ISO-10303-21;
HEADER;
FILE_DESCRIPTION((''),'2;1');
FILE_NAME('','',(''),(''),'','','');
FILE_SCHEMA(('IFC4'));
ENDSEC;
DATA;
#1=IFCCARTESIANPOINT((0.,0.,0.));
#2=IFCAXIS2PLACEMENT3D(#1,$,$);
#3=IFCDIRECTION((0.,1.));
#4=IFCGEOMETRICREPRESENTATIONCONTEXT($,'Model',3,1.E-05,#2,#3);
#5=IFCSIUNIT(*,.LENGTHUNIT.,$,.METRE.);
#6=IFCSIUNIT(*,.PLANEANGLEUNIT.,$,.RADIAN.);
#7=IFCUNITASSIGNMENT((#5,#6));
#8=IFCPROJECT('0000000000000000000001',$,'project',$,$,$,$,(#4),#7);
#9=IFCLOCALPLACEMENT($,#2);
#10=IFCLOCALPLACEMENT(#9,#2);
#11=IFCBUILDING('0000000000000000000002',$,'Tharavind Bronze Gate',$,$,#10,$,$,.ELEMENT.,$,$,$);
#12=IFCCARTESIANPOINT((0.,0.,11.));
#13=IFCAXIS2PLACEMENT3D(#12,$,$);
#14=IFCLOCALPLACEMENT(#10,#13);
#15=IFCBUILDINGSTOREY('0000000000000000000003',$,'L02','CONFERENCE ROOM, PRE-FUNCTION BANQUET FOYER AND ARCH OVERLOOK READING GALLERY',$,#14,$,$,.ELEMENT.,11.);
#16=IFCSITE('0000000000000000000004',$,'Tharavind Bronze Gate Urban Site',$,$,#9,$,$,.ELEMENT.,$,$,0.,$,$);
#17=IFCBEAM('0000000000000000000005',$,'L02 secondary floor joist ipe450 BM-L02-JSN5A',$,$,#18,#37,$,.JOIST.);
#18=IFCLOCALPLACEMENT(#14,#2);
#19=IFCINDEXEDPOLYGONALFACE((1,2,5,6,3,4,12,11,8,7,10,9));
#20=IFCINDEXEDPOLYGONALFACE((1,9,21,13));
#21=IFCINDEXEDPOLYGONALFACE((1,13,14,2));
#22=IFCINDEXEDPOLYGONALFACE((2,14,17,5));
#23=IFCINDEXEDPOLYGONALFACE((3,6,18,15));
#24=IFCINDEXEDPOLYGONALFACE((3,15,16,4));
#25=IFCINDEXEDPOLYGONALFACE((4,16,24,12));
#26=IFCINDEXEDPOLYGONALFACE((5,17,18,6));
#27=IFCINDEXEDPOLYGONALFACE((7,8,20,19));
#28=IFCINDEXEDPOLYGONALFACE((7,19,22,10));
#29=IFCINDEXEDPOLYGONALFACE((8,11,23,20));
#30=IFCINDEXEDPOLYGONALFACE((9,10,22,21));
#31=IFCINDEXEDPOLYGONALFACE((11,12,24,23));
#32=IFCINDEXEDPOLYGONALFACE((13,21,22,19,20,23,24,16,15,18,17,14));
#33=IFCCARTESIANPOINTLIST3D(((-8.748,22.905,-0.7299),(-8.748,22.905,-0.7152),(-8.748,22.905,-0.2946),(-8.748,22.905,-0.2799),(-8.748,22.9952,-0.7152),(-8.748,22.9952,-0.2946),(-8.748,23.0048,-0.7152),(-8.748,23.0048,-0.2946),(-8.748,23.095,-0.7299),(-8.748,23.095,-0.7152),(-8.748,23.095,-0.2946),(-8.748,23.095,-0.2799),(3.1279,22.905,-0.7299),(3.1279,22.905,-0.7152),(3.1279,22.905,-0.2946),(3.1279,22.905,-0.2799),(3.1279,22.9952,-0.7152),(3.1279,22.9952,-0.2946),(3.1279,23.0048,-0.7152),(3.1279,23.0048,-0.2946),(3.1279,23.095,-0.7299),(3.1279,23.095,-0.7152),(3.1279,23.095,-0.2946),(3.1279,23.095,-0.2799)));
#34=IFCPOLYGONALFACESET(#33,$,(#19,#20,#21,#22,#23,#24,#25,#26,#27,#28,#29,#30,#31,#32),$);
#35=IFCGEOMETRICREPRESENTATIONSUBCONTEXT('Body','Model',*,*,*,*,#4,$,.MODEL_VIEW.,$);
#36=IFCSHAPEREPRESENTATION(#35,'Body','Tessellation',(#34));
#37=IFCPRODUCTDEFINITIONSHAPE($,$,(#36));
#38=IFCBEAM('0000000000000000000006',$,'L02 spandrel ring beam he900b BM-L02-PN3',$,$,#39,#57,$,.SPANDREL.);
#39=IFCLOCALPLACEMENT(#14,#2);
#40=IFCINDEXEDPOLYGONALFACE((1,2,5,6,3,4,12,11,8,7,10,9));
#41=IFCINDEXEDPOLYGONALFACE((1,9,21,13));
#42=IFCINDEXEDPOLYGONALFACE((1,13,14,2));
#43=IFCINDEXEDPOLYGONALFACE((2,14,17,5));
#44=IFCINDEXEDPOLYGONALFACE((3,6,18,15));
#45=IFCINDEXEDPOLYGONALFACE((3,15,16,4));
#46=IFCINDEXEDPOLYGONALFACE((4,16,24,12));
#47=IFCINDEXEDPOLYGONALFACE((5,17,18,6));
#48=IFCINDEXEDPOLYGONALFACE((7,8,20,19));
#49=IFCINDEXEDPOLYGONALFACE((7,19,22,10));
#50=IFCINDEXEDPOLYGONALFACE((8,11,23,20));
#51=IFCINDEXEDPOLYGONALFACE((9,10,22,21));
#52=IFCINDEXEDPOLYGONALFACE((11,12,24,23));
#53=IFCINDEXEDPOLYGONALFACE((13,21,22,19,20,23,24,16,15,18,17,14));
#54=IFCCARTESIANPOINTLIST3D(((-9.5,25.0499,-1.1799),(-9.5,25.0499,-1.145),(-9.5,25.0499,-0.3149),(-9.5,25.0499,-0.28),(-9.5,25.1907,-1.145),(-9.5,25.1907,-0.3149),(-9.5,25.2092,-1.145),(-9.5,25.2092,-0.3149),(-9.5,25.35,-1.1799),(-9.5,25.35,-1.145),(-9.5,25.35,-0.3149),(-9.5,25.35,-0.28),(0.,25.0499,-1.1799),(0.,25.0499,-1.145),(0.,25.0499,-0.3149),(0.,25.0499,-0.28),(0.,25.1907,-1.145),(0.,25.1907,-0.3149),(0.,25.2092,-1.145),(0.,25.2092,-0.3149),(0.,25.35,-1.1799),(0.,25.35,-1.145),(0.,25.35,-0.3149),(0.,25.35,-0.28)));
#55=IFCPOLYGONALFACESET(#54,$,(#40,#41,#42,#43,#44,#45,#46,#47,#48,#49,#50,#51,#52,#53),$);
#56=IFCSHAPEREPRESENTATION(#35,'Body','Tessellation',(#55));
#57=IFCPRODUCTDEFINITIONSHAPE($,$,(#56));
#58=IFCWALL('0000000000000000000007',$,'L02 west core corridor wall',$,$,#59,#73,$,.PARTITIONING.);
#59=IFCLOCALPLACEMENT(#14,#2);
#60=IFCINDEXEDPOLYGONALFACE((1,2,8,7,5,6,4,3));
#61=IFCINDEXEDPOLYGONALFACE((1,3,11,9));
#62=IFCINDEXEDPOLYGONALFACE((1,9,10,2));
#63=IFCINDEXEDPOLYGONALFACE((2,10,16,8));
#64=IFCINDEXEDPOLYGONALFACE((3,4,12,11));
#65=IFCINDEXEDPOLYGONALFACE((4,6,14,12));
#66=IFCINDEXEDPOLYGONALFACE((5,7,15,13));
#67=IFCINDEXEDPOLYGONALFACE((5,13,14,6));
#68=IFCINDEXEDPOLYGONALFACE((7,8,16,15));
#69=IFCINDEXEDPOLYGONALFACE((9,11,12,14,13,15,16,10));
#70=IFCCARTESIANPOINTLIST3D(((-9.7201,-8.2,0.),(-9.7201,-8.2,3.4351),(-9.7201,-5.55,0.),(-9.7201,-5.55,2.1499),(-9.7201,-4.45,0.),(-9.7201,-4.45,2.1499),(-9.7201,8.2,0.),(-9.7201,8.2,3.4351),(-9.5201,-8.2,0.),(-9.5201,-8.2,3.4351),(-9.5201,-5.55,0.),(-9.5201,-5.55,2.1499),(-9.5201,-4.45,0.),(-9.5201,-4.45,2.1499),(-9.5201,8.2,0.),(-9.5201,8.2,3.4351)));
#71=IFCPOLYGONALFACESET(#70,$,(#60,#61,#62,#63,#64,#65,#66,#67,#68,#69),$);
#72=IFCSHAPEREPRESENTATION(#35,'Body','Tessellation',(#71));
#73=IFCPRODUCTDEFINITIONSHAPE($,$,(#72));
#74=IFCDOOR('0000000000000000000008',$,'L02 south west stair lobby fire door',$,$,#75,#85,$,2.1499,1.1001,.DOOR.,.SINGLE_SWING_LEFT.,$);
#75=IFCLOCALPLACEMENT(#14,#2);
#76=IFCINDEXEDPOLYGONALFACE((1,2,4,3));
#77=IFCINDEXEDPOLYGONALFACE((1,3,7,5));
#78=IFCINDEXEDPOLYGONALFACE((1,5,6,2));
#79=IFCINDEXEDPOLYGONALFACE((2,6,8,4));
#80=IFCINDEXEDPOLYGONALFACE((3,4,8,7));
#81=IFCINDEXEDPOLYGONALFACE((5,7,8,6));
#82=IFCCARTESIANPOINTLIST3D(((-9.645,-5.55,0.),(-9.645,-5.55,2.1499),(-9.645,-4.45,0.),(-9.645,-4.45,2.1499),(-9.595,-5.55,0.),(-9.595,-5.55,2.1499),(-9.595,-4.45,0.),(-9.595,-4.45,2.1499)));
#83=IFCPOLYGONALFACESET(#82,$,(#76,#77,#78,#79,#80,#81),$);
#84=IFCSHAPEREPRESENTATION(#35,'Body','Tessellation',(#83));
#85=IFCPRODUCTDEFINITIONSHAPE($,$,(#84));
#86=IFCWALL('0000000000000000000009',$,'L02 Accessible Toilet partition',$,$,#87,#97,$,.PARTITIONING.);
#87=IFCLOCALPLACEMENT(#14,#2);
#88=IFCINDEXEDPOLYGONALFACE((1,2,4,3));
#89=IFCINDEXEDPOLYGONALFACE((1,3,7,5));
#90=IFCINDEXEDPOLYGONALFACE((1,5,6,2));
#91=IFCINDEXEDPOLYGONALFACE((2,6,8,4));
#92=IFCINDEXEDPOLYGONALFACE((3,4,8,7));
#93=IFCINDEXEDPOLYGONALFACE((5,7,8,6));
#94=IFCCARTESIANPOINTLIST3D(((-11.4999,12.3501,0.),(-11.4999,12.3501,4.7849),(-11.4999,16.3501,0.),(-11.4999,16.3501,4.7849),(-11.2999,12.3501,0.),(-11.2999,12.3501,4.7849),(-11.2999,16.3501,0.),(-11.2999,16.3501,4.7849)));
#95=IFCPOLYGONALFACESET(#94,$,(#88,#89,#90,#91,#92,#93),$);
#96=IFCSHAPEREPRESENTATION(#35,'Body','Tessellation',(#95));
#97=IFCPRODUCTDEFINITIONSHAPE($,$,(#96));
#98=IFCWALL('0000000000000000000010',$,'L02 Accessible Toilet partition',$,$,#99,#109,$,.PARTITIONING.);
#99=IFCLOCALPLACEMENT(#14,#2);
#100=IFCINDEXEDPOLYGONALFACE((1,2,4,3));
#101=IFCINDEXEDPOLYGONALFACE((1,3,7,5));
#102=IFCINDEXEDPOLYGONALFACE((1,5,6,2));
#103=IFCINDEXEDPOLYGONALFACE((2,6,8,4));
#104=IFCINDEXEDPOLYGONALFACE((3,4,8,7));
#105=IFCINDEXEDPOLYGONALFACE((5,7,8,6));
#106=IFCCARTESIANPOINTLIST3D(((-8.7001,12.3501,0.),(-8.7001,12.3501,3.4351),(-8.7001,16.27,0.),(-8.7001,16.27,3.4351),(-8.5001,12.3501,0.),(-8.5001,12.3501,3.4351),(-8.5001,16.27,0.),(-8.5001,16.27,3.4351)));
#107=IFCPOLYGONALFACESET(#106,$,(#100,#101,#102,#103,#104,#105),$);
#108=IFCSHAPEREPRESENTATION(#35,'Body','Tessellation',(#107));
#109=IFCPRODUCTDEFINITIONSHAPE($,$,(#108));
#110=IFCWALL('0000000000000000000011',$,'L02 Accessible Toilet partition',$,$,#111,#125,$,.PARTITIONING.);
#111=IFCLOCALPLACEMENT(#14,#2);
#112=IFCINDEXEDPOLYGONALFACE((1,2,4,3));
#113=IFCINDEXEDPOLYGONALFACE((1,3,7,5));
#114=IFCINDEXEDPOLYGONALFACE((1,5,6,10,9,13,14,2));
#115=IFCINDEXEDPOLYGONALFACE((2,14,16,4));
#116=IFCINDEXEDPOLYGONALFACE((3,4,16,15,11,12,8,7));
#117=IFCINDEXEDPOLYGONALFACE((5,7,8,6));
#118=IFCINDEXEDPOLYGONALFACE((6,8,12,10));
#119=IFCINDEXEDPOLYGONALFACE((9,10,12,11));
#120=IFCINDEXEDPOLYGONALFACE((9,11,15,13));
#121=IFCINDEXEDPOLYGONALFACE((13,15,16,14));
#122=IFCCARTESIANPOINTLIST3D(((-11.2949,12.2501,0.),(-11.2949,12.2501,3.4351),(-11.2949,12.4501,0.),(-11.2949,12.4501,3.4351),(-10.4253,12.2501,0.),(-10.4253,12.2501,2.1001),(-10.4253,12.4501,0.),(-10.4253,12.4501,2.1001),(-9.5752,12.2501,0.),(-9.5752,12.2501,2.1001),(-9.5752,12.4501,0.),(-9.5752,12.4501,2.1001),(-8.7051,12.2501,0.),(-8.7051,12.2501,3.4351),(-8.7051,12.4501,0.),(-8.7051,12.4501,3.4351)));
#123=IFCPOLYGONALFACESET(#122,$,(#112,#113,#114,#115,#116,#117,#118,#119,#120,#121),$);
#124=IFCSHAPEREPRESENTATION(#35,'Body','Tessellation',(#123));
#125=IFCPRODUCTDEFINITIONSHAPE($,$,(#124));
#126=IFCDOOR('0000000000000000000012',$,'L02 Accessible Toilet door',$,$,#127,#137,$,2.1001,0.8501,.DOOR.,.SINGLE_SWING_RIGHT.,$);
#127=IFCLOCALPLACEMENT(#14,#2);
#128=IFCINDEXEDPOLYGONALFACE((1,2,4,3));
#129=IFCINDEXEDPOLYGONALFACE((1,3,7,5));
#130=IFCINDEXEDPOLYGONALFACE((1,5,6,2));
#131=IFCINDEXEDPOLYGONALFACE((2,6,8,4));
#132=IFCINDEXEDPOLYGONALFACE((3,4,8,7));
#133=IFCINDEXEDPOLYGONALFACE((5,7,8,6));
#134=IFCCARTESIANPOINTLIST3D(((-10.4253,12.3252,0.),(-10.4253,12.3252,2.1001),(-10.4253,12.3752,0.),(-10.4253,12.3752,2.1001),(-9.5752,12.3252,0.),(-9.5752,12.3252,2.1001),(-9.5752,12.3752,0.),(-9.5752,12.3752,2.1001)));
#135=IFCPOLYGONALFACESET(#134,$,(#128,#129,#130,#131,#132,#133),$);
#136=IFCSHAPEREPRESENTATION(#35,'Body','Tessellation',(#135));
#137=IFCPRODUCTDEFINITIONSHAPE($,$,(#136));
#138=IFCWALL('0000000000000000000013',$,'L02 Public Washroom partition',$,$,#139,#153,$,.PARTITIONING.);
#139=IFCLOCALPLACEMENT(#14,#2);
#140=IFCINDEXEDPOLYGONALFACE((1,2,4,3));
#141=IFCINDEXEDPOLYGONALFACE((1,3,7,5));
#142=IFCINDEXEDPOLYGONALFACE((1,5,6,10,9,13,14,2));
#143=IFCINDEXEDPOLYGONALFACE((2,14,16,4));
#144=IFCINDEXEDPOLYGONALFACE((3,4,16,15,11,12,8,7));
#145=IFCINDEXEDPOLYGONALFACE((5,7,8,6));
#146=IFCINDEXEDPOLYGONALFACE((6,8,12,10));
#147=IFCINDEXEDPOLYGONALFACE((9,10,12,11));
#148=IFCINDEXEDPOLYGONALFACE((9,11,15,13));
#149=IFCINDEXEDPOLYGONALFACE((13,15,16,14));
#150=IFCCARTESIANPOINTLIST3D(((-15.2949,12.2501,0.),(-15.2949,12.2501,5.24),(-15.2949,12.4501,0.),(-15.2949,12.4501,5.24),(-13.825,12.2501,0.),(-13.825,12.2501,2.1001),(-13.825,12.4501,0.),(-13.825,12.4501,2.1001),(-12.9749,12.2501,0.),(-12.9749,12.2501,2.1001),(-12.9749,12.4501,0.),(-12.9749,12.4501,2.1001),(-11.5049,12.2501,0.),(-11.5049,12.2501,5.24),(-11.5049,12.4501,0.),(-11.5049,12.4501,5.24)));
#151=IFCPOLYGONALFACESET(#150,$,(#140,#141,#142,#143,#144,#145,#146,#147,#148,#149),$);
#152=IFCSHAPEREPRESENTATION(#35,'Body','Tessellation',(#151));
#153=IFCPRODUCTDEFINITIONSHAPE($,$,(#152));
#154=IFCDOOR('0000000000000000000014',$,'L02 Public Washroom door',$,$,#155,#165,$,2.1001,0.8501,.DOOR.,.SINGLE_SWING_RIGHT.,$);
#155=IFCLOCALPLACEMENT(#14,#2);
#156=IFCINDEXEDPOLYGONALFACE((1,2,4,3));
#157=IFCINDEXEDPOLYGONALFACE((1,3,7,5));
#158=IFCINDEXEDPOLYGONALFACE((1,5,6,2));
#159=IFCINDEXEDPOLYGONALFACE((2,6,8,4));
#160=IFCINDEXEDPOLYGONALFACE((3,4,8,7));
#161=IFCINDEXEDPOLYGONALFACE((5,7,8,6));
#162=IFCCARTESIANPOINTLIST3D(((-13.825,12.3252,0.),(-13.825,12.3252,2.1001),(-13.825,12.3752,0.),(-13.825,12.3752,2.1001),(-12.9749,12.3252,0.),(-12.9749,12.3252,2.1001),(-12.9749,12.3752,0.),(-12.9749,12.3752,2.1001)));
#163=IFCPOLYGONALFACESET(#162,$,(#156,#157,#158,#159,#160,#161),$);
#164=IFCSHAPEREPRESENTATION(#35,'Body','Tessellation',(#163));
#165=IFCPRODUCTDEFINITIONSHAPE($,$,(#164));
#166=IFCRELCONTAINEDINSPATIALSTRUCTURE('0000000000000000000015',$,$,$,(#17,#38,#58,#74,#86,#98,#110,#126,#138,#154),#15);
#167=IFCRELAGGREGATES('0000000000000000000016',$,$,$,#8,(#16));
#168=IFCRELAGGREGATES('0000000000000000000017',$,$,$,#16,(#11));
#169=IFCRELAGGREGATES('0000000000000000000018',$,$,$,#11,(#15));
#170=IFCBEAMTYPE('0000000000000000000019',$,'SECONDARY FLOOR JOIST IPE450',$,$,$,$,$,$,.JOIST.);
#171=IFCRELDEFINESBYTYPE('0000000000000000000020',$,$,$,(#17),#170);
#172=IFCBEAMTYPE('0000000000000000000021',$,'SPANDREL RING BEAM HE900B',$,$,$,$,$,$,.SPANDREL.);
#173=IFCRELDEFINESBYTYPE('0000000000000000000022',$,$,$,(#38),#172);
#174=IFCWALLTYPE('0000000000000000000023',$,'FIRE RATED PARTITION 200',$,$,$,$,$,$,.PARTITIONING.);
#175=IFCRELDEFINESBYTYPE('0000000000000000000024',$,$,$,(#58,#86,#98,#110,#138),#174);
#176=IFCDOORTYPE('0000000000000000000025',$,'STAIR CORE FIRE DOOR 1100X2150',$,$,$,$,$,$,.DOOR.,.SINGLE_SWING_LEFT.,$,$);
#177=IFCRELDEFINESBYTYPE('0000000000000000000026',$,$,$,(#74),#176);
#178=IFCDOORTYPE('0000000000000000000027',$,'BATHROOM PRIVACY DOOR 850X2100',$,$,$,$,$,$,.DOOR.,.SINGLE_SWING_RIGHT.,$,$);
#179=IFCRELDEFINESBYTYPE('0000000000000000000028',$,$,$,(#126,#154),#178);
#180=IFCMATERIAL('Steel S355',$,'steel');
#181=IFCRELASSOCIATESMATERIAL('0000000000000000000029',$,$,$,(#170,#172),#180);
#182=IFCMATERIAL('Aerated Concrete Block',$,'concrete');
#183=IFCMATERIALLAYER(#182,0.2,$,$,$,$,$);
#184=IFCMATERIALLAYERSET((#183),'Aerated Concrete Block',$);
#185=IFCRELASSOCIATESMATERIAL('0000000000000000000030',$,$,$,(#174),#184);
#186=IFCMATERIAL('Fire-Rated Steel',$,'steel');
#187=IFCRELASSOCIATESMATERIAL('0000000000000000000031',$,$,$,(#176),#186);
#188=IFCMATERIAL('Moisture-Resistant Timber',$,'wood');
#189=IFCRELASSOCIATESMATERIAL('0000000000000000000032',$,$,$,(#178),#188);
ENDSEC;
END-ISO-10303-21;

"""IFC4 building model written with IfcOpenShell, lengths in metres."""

from ifc_helpers import new_model, si_unit, direction, frame, frame_2d, origin, origin_2d, place, context, subcontext, project, spatial, rectangle, i_section, extrude, material, layer, layer_set, material_profile, profile_set, type_object, element, fill, save


model = new_model("IFC4")

# Units and contexts
model_context = context("Model", 3, precision=1e-05, world=origin(), true_north=direction((0.0, 1.0)))
body_context = subcontext(model_context, "Body", "Model", "MODEL_VIEW")
ifc_project = project(units=[si_unit("LENGTHUNIT", "METRE"), si_unit("PLANEANGLEUNIT", "RADIAN")], contexts=[model_context])

# Site, building, storey
site_placement = place(None, origin())
site = spatial("IfcSite", under=ifc_project, at=site_placement, Name="Tharavind Bronze Gate Urban Site", CompositionType="ELEMENT", RefElevation=0.0)
building_placement = place(site_placement, origin())
building = spatial("IfcBuilding", under=site, at=building_placement, Name="Tharavind Bronze Gate", CompositionType="ELEMENT")
storey_placement = place(building_placement, frame((0.0, 0.0, 11.0)))
storey = spatial("IfcBuildingStorey", under=building, at=storey_placement, Name="L02", Description="CONFERENCE ROOM, PRE-FUNCTION BANQUET FOYER AND ARCH OVERLOOK READING GALLERY", CompositionType="ELEMENT", Elevation=11.0)

# Beams
ifc_material_1 = material(Name="Steel S355", Category="steel")
ifc_material_profile_1 = material_profile(ifc_material_1, i_section(OverallWidth=0.1899, OverallDepth=0.45, WebThickness=0.0095, FlangeThickness=0.0146, at=origin_2d()), Name="IPE450")
ifc_profile_set_1 = profile_set([ifc_material_profile_1], Name="Steel S355")
beam_type_1 = type_object("IfcBeamType", Name="SECONDARY FLOOR JOIST IPE450", PredefinedType="JOIST", material=ifc_profile_set_1)
for number, where, z_axis, x_axis, name in (
    (1, (-8.748, 23.0, -0.5049), (1.0, 0.0, 0.0), (0.0, 1.0, 0.0), "L02 secondary floor joist ipe450 BM-L02-JSN5A"),
):
    element("IfcBeam", number, at=place(storey_placement, frame(where, z_axis=z_axis, x_axis=x_axis)), inside=storey, type_object=beam_type_1, Name=name, PredefinedType="JOIST", context=body_context, shape_type="SweptSolid", body=[
        extrude(i_section(OverallWidth=0.1899, OverallDepth=0.45, WebThickness=0.0095, FlangeThickness=0.0146, at=origin_2d()), origin(), (0.0, 0.0, 1.0), 11.876),
    ])
ifc_material_profile_2 = material_profile(ifc_material_1, i_section(OverallWidth=0.3, OverallDepth=0.8999, WebThickness=0.0186, FlangeThickness=0.0349, at=origin_2d()), Name="HE900B")
ifc_profile_set_2 = profile_set([ifc_material_profile_2], Name="Steel S355")
beam_type_2 = type_object("IfcBeamType", Name="SPANDREL RING BEAM HE900B", PredefinedType="SPANDREL", material=ifc_profile_set_2)
beam_1_placement = place(storey_placement, frame((-9.5, 25.2, -0.73), z_axis=(1.0, 0.0, 0.0), x_axis=(0.0, 1.0, 0.0)))
element("IfcBeam", 2, at=beam_1_placement, inside=storey, type_object=beam_type_2, Name="L02 spandrel ring beam he900b BM-L02-PN3", PredefinedType="SPANDREL", context=body_context, shape_type="SweptSolid", body=[
    extrude(i_section(OverallWidth=0.3, OverallDepth=0.8999, WebThickness=0.0186, FlangeThickness=0.0349, at=origin_2d()), origin(), (0.0, 0.0, 1.0), 9.5),
])

# Wall, opening, door
ifc_material_2 = material(Name="Aerated Concrete Block", Category="concrete")
ifc_layer_1 = layer(ifc_material_2, 0.2)
ifc_layer_set_1 = layer_set([ifc_layer_1], Name="Aerated Concrete Block")
wall_type_1 = type_object("IfcWallType", Name="FIRE RATED PARTITION 200", PredefinedType="PARTITIONING", material=ifc_layer_set_1)
wall_1_placement = place(storey_placement, frame((-9.6201, 8.2, 0.0), z_axis=(0.0, 0.0, 1.0), x_axis=(0.0, -1.0, 0.0)))
wall_1 = element("IfcWall", 3, at=wall_1_placement, inside=storey, type_object=wall_type_1, Name="L02 west core corridor wall", PredefinedType="PARTITIONING", context=body_context, shape_type="SweptSolid", body=[
    extrude(rectangle(XDim=16.3999, YDim=0.2, at=frame_2d((8.2, 0.0))), origin(), (0.0, 0.0, 1.0), 3.4351),
])
opening_1_placement = place(wall_1_placement, frame((12.6499, 0.0, 0.0)))
opening_1 = element("IfcOpeningElement", 4, at=opening_1_placement, cuts=wall_1, PredefinedType="OPENING", context=body_context, shape_type="SweptSolid", body=[
    extrude(rectangle(XDim=1.1001, YDim=2.1499, at=frame_2d((0.55, 1.075))), frame((0.0, 0.1101, 0.0), z_axis=(0.0, -1.0, 0.0), x_axis=(1.0, 0.0, 0.0)), (0.0, 0.0, 1.0), 0.22),
])
ifc_material_3 = material(Name="Fire-Rated Steel", Category="steel")
door_type_1 = type_object("IfcDoorType", Name="STAIR CORE FIRE DOOR 1100X2150", OperationType="SINGLE_SWING_LEFT", PredefinedType="DOOR", material=ifc_material_3)
door_1_placement = place(opening_1_placement, frame((1.1001, 0.0, 0.0), z_axis=(0.0, 0.0, 1.0), x_axis=(-1.0, 0.0, 0.0)))
door_1 = element("IfcDoor", 5, at=door_1_placement, inside=storey, type_object=door_type_1, Name="L02 south west stair lobby fire door", OperationType="SINGLE_SWING_LEFT", OverallHeight=2.1499, OverallWidth=1.1001, PredefinedType="DOOR", context=body_context, shape_type="SweptSolid", body=[
    extrude(rectangle(XDim=1.1001, YDim=2.1499, at=frame_2d((0.55, 1.075))), frame((0.0, 0.0249, 0.0), z_axis=(0.0, -1.0, 0.0), x_axis=(1.0, 0.0, 0.0)), (0.0, 0.0, 1.0), 0.05),
])
fill(opening_1, door_1)

# Walls
wall_2_placement = place(storey_placement, frame((-11.3999, 12.3501, 0.0), z_axis=(0.0, 0.0, 1.0), x_axis=(0.0, 1.0, 0.0)))
element("IfcWall", 6, at=wall_2_placement, inside=storey, type_object=wall_type_1, Name="L02 Accessible Toilet partition", PredefinedType="PARTITIONING", context=body_context, shape_type="SweptSolid", body=[
    extrude(rectangle(XDim=4.0, YDim=0.2, at=frame_2d((2.0, 0.0))), origin(), (0.0, 0.0, 1.0), 4.7849),
])
wall_3_placement = place(storey_placement, frame((-8.6001, 16.27, 0.0), z_axis=(0.0, 0.0, 1.0), x_axis=(0.0, -1.0, 0.0)))
element("IfcWall", 7, at=wall_3_placement, inside=storey, type_object=wall_type_1, Name="L02 Accessible Toilet partition", PredefinedType="PARTITIONING", context=body_context, shape_type="SweptSolid", body=[
    extrude(rectangle(XDim=3.9199, YDim=0.2, at=frame_2d((1.96, 0.0))), origin(), (0.0, 0.0, 1.0), 3.4351),
])

# Walls, openings, doors
wall_4_placement = place(storey_placement, frame((-8.7051, 12.3501, 0.0), z_axis=(0.0, 0.0, 1.0), x_axis=(-1.0, 0.0, 0.0)))
wall_4 = element("IfcWall", 8, at=wall_4_placement, inside=storey, type_object=wall_type_1, Name="L02 Accessible Toilet partition", PredefinedType="PARTITIONING", context=body_context, shape_type="SweptSolid", body=[
    extrude(rectangle(XDim=2.5898, YDim=0.2, at=frame_2d((1.2949, 0.0))), origin(), (0.0, 0.0, 1.0), 3.4351),
])
opening_2_placement = place(wall_4_placement, frame((0.8701, 0.0, 0.0)))
opening_2 = element("IfcOpeningElement", 9, at=opening_2_placement, cuts=wall_4, PredefinedType="OPENING", context=body_context, shape_type="SweptSolid", body=[
    extrude(rectangle(XDim=0.8501, YDim=2.1001, at=frame_2d((0.425, 1.05))), frame((0.0, 0.1101, 0.0), z_axis=(0.0, -1.0, 0.0), x_axis=(1.0, 0.0, 0.0)), (0.0, 0.0, 1.0), 0.22),
])
ifc_material_4 = material(Name="Moisture-Resistant Timber", Category="wood")
door_type_2 = type_object("IfcDoorType", Name="BATHROOM PRIVACY DOOR 850X2100", OperationType="SINGLE_SWING_RIGHT", PredefinedType="DOOR", material=ifc_material_4)
door_2_placement = place(opening_2_placement, origin())
door_2 = element("IfcDoor", 10, at=door_2_placement, inside=storey, type_object=door_type_2, Name="L02 Accessible Toilet door", OperationType="SINGLE_SWING_RIGHT", OverallHeight=2.1001, OverallWidth=0.8501, PredefinedType="DOOR", context=body_context, shape_type="SweptSolid", body=[
    extrude(rectangle(XDim=0.8501, YDim=2.1001, at=frame_2d((0.425, 1.05))), frame((0.0, 0.0249, 0.0), z_axis=(0.0, -1.0, 0.0), x_axis=(1.0, 0.0, 0.0)), (0.0, 0.0, 1.0), 0.05),
])
fill(opening_2, door_2)
wall_5_placement = place(storey_placement, frame((-11.5049, 12.3501, 0.0), z_axis=(0.0, 0.0, 1.0), x_axis=(-1.0, 0.0, 0.0)))
wall_5 = element("IfcWall", 11, at=wall_5_placement, inside=storey, type_object=wall_type_1, Name="L02 Public Washroom partition", PredefinedType="PARTITIONING", context=body_context, shape_type="SweptSolid", body=[
    extrude(rectangle(XDim=3.79, YDim=0.2, at=frame_2d((1.895, 0.0))), origin(), (0.0, 0.0, 1.0), 5.24),
])
opening_3_placement = place(wall_5_placement, frame((1.47, 0.0, 0.0)))
opening_3 = element("IfcOpeningElement", 12, at=opening_3_placement, cuts=wall_5, PredefinedType="OPENING", context=body_context, shape_type="SweptSolid", body=[
    extrude(rectangle(XDim=0.8501, YDim=2.1001, at=frame_2d((0.425, 1.05))), frame((0.0, 0.1101, 0.0), z_axis=(0.0, -1.0, 0.0), x_axis=(1.0, 0.0, 0.0)), (0.0, 0.0, 1.0), 0.22),
])
door_3_placement = place(opening_3_placement, origin())
door_3 = element("IfcDoor", 13, at=door_3_placement, inside=storey, type_object=door_type_2, Name="L02 Public Washroom door", OperationType="SINGLE_SWING_RIGHT", OverallHeight=2.1001, OverallWidth=0.8501, PredefinedType="DOOR", context=body_context, shape_type="SweptSolid", body=[
    extrude(rectangle(XDim=0.8501, YDim=2.1001, at=frame_2d((0.425, 1.05))), frame((0.0, 0.0249, 0.0), z_axis=(0.0, -1.0, 0.0), x_axis=(1.0, 0.0, 0.0)), (0.0, 0.0, 1.0), 0.05),
])
fill(opening_3, door_3)

save(model, "model.ifc")
